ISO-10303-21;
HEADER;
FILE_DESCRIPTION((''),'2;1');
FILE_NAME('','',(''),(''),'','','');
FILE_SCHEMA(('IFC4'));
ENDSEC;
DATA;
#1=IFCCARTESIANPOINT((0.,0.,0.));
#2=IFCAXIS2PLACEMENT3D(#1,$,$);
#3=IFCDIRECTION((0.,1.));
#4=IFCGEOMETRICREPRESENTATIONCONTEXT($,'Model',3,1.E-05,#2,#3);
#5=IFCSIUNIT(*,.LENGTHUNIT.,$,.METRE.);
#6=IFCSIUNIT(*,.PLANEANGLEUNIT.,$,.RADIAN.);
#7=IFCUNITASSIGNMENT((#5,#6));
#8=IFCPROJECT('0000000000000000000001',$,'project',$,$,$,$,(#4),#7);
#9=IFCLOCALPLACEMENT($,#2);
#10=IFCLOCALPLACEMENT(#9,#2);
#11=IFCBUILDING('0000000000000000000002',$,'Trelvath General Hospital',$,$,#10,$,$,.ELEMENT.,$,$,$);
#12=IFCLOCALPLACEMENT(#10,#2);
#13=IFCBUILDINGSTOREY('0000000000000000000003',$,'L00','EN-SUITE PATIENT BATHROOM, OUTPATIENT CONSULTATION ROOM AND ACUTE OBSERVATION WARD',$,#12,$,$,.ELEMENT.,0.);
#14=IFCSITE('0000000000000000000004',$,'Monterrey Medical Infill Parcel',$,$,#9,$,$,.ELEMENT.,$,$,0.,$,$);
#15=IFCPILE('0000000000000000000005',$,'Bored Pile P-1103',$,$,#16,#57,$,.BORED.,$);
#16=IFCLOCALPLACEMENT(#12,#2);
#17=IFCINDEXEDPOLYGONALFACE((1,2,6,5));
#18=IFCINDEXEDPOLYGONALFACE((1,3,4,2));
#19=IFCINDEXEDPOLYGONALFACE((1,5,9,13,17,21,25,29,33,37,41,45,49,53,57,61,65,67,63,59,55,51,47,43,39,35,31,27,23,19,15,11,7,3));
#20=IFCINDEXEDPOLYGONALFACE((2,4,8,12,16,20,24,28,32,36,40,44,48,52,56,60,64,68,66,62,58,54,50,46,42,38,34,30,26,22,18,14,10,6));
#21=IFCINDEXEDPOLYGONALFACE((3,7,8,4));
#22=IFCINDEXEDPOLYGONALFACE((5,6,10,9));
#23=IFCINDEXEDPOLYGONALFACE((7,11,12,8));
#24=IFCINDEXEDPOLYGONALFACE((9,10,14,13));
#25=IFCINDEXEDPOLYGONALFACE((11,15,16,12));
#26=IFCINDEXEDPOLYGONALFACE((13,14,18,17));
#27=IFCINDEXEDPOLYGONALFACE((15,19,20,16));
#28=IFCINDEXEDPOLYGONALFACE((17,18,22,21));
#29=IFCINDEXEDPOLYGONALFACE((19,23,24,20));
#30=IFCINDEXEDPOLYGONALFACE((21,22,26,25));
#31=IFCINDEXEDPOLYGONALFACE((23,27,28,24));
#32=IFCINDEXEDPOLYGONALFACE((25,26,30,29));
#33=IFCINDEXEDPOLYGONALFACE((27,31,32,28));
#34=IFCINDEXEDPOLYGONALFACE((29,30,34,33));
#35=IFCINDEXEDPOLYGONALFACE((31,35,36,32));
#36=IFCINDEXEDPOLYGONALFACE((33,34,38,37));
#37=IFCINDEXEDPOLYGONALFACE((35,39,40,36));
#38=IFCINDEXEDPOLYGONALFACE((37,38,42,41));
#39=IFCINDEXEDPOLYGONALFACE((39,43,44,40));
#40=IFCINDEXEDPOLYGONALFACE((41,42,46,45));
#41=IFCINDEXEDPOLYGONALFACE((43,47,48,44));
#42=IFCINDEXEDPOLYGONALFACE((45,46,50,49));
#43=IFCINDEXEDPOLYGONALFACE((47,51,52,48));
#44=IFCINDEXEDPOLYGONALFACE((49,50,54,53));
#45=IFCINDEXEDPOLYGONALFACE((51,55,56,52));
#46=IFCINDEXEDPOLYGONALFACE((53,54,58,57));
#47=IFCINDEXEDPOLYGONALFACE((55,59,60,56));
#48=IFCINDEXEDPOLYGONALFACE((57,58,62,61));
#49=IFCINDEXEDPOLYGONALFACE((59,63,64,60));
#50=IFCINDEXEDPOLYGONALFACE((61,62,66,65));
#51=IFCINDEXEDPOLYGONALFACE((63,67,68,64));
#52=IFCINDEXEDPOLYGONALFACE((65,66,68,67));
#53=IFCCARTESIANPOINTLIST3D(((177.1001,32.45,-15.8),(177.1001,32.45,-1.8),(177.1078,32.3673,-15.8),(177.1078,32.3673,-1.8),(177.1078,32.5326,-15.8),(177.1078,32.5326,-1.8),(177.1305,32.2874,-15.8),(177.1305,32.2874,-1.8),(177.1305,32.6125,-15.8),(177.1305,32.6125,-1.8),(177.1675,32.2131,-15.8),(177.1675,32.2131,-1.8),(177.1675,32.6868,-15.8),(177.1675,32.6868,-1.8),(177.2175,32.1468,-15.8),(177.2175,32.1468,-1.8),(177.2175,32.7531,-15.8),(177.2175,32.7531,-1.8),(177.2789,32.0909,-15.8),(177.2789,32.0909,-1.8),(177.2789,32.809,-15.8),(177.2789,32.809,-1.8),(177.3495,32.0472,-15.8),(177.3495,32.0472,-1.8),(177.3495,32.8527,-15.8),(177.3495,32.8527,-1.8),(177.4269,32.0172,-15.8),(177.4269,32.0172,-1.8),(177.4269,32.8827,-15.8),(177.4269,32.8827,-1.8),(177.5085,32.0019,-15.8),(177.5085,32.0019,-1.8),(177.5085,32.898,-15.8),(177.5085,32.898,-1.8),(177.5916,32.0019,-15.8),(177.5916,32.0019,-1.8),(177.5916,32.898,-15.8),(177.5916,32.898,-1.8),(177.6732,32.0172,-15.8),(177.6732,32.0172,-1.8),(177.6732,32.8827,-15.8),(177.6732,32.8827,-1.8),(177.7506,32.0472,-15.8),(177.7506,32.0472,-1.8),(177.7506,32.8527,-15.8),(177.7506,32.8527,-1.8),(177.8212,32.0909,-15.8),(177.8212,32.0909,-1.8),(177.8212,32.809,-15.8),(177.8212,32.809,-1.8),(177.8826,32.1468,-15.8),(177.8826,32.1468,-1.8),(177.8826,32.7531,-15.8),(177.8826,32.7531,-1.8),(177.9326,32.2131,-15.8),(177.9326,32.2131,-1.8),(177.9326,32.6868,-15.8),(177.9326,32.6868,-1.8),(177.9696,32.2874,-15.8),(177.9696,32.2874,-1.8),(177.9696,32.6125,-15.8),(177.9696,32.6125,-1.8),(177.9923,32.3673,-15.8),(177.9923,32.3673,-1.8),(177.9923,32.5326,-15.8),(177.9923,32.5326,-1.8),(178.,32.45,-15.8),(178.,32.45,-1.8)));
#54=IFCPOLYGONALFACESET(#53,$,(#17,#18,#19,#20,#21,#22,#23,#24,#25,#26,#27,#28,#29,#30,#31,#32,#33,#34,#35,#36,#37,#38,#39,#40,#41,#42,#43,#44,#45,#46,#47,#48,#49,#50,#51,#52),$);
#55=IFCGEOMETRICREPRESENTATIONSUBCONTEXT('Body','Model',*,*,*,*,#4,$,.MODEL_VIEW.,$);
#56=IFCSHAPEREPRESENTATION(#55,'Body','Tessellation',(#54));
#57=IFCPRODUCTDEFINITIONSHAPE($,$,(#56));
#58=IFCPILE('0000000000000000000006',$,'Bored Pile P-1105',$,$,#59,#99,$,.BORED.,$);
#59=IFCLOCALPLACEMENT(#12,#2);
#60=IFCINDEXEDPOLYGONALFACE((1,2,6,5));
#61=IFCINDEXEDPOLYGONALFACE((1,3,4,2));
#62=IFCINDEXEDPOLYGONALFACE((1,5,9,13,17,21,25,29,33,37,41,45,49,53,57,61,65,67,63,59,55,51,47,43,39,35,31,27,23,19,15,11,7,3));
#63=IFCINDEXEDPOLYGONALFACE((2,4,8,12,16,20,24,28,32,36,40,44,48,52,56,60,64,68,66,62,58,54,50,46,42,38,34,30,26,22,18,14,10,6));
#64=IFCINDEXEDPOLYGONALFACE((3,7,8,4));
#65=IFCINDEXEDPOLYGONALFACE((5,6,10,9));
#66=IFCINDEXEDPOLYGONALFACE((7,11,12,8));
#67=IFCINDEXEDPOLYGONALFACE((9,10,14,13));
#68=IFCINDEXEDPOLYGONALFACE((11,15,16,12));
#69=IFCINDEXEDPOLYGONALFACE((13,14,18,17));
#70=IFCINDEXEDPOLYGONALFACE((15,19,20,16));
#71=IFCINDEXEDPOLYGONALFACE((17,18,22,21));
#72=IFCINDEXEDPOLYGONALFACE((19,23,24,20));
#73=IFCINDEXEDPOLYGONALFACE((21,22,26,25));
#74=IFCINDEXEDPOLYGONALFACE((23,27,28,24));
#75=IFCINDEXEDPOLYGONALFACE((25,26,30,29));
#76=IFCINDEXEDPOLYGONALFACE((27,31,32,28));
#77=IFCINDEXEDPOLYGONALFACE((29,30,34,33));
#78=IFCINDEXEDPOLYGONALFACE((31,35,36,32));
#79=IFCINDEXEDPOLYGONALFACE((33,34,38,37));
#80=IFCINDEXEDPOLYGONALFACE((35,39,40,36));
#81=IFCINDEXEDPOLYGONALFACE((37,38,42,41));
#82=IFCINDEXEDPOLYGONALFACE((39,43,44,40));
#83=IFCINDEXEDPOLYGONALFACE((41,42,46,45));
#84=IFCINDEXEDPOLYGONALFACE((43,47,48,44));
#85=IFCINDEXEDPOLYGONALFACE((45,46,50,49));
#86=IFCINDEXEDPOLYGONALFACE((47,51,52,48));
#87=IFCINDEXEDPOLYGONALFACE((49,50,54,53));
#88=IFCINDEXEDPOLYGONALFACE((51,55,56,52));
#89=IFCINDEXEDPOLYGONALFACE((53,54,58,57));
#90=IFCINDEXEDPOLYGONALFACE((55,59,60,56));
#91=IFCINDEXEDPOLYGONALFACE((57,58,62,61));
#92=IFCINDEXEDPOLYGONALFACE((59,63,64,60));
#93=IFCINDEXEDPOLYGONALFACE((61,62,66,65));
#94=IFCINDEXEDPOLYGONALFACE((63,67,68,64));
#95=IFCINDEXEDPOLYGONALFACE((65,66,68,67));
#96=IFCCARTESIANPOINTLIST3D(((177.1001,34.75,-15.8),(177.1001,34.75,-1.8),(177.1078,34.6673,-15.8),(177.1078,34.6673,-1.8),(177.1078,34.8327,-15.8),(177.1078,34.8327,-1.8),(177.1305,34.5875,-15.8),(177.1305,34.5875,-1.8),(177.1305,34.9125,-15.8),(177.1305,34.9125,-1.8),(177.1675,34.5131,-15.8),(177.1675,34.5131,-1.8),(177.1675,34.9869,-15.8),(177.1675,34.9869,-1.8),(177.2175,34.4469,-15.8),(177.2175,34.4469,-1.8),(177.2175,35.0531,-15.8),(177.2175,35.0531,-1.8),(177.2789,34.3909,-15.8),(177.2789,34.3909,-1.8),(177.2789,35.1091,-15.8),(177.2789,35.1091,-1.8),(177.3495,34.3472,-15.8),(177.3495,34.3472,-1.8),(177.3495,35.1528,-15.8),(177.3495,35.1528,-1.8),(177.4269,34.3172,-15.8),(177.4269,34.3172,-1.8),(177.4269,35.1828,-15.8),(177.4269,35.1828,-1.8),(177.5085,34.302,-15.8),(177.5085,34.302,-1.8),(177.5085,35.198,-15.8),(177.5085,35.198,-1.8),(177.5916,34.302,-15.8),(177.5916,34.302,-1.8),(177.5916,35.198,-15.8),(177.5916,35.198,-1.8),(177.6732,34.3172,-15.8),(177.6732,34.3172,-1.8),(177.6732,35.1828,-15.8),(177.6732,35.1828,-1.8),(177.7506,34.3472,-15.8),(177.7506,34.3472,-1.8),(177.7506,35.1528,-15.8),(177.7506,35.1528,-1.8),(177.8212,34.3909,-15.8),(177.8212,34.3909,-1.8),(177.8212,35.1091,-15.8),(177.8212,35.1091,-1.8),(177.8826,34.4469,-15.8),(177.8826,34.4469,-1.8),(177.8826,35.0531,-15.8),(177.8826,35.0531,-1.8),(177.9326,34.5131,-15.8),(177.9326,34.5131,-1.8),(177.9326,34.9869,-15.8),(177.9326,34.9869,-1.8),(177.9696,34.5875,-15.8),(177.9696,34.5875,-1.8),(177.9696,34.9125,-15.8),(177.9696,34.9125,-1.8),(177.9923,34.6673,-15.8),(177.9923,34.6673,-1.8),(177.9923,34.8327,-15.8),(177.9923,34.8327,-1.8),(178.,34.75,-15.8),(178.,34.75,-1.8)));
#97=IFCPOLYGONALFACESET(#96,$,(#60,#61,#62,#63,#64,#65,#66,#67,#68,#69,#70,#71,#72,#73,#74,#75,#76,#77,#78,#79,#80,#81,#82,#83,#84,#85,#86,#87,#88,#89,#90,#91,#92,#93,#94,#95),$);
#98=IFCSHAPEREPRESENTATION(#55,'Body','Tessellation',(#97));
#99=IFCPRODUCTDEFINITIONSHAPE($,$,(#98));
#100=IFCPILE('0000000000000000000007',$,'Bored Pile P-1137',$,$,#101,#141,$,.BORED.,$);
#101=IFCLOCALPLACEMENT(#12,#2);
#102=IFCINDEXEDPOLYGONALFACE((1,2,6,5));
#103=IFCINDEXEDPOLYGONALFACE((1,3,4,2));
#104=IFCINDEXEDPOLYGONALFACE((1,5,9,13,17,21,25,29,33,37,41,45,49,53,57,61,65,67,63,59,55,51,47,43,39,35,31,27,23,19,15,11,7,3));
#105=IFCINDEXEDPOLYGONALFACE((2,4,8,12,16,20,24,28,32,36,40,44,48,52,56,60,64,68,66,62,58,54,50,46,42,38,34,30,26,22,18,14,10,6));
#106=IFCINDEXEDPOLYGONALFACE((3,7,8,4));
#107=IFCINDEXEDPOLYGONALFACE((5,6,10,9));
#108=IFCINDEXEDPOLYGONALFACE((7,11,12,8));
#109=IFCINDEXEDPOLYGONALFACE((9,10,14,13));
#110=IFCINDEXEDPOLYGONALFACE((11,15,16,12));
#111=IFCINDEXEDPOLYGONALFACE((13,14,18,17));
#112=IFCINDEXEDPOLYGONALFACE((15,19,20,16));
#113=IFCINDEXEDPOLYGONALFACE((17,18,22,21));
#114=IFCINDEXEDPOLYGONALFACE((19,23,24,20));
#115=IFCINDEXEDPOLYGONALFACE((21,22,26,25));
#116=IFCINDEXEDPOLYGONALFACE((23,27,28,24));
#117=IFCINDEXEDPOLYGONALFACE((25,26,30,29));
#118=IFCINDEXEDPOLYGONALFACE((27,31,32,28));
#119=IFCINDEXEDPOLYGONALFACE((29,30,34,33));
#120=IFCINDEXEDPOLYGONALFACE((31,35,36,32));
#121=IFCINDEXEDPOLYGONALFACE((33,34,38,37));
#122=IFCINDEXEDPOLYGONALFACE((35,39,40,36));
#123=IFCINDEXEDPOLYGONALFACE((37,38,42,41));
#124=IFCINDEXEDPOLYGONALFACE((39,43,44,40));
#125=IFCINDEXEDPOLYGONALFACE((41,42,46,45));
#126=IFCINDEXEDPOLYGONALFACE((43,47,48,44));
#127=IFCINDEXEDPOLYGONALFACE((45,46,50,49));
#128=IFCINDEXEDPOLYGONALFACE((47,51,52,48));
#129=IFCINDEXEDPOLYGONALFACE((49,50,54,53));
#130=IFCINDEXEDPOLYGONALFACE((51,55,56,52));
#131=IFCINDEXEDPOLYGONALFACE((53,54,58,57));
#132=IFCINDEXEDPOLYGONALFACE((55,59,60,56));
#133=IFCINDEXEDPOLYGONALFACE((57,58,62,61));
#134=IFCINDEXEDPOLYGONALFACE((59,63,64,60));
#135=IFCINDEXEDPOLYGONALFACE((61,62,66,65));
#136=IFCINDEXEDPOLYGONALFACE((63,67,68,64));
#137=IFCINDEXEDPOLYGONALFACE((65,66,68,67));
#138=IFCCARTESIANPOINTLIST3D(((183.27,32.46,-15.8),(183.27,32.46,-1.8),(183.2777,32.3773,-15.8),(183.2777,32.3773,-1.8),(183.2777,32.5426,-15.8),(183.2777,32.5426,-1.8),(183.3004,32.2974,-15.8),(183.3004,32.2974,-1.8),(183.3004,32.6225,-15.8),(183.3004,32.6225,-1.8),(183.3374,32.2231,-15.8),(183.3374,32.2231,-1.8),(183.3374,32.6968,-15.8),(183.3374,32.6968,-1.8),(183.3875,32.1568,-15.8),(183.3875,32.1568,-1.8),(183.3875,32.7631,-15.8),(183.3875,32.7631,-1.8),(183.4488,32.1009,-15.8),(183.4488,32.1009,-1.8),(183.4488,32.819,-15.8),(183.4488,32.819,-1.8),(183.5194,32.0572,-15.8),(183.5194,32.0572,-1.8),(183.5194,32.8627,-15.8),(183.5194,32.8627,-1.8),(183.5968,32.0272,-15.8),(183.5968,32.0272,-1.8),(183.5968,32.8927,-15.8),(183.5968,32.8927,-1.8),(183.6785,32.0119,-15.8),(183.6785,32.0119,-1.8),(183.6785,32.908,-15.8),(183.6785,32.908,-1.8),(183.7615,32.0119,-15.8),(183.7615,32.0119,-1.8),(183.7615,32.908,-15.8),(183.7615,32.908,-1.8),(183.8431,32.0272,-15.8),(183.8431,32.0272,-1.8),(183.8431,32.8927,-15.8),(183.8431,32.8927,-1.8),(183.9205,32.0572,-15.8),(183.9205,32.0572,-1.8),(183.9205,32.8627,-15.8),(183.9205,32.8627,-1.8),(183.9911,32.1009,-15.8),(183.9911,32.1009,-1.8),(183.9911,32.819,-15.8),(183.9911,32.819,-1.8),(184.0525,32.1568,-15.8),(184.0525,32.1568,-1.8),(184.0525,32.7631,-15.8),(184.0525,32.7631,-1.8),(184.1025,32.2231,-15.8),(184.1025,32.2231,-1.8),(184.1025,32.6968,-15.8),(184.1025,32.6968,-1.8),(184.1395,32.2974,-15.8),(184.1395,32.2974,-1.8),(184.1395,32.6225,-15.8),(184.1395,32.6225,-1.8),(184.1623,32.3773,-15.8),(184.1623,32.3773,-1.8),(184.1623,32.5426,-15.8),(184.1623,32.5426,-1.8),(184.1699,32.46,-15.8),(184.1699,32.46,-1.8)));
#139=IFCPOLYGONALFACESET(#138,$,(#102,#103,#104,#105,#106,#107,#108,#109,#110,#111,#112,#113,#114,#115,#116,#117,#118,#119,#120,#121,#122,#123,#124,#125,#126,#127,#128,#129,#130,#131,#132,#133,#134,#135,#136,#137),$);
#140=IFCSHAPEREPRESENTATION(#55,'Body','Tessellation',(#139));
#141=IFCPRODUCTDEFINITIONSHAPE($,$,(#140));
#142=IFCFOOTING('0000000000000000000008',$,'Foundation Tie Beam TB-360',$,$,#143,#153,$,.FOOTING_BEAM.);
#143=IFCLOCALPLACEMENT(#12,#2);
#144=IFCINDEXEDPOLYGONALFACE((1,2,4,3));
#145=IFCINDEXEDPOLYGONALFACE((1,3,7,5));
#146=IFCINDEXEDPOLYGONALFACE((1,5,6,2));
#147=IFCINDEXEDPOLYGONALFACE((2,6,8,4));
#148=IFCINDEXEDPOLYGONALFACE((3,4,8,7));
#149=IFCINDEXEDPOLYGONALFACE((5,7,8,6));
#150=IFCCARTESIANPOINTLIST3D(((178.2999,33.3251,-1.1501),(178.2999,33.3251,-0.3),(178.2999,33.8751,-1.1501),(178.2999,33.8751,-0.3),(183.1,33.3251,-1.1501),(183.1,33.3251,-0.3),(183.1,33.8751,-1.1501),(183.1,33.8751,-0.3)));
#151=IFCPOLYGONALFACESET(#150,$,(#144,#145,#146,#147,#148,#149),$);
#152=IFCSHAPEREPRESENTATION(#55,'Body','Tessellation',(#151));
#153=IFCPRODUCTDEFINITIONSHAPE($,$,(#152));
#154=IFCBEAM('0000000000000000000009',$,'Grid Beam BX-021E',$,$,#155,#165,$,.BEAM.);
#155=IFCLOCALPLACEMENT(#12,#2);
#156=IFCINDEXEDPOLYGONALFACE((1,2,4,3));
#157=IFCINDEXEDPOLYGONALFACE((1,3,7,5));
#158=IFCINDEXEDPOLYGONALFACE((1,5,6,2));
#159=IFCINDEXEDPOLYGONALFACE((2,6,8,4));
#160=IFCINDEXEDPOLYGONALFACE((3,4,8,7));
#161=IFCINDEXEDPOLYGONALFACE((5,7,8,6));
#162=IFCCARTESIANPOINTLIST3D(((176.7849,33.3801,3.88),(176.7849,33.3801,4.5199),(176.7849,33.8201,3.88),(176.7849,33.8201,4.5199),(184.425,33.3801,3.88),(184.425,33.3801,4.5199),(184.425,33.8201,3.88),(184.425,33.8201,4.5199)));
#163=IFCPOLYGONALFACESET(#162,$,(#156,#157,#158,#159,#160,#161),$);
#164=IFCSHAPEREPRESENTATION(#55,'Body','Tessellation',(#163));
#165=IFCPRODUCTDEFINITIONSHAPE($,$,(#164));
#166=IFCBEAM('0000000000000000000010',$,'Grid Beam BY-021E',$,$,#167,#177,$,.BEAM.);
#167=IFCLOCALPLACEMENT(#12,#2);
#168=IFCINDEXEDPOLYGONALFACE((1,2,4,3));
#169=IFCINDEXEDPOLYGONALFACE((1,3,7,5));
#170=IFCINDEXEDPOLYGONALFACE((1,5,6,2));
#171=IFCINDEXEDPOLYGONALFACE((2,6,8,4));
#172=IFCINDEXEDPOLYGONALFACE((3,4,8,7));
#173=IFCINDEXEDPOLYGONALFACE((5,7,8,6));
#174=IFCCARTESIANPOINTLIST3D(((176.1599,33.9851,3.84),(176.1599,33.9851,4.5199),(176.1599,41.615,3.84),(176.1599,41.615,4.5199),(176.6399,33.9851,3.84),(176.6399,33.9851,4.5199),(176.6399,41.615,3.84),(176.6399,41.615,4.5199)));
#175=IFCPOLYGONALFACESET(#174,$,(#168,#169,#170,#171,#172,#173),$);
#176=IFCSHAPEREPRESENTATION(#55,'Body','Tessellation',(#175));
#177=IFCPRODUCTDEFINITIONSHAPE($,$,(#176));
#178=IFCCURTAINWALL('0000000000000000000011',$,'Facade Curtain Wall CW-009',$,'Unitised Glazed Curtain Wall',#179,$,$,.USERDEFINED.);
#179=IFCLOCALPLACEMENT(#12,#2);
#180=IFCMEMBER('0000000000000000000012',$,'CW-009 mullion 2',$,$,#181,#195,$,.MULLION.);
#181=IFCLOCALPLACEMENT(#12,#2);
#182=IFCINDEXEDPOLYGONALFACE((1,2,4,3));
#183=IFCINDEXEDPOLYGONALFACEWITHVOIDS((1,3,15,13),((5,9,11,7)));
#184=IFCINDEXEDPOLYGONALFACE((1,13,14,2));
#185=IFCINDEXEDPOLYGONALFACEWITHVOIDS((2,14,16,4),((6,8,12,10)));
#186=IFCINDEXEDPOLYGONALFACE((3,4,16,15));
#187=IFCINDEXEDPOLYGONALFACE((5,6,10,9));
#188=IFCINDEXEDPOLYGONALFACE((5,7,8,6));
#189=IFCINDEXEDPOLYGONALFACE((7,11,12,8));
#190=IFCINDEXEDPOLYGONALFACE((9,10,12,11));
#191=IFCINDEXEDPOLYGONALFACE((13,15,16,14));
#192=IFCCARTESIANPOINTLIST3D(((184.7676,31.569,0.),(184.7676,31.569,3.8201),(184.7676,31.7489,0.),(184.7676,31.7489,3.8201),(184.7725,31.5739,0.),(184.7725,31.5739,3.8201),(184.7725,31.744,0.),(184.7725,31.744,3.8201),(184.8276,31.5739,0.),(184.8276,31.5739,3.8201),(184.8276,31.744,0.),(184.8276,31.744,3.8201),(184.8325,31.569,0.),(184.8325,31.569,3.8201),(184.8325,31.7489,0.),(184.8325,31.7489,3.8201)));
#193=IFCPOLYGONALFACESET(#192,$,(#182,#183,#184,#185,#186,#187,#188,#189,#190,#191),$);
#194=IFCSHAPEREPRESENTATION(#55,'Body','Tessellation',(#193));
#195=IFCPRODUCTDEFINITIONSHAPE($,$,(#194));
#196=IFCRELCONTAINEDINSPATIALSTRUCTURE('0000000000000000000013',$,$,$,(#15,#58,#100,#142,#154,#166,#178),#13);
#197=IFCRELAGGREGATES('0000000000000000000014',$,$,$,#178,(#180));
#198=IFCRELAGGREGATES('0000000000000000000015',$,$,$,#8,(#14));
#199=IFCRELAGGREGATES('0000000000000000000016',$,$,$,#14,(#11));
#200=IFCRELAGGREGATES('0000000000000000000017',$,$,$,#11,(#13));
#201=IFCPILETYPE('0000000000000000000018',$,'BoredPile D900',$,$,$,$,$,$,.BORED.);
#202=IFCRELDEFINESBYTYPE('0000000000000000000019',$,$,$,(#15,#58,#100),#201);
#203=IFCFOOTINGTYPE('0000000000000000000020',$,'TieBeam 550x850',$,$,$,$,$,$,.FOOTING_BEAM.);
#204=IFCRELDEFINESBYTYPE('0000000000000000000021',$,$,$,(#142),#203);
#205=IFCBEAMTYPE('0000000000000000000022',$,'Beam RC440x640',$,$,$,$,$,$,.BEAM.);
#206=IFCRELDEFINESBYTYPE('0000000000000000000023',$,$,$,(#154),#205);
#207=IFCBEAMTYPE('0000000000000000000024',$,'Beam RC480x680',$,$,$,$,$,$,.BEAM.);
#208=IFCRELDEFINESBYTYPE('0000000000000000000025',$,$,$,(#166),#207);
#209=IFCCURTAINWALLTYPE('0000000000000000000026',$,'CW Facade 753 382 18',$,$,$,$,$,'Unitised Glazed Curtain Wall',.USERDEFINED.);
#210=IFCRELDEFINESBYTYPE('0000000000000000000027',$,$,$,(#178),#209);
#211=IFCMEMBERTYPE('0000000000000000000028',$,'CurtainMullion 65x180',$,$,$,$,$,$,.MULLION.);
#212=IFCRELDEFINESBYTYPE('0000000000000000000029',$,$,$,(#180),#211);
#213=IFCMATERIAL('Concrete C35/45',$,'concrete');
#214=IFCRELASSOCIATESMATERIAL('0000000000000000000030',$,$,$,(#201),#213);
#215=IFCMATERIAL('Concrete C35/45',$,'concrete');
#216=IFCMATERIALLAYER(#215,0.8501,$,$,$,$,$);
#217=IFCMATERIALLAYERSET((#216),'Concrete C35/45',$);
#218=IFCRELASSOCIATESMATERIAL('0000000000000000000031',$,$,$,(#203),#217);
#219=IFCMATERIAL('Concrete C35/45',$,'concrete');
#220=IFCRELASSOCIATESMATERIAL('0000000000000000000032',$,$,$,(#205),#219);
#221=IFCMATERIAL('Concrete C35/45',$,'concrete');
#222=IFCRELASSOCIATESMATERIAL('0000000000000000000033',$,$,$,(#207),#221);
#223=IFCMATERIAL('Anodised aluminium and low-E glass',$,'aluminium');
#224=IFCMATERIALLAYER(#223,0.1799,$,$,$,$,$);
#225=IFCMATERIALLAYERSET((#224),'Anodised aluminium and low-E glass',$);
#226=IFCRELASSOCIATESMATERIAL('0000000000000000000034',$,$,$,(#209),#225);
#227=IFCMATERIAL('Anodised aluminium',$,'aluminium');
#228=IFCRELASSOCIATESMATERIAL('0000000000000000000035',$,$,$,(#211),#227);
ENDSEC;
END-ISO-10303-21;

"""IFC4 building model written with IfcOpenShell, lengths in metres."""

from ifc_helpers import new_model, si_unit, direction, frame, origin, origin_2d, place, context, subcontext, project, spatial, rectangle, hollow_rectangle, circle, extrude, material, layer, layer_set, material_profile, profile_set, type_object, element, aggregate, save


model = new_model("IFC4")

# Units and contexts
model_context = context("Model", 3, precision=1e-05, world=origin(), true_north=direction((0.0, 1.0)))
body_context = subcontext(model_context, "Body", "Model", "MODEL_VIEW")
ifc_project = project(units=[si_unit("LENGTHUNIT", "METRE"), si_unit("PLANEANGLEUNIT", "RADIAN")], contexts=[model_context])

# Site, building, storey
site_placement = place(None, origin())
site = spatial("IfcSite", under=ifc_project, at=site_placement, Name="Monterrey Medical Infill Parcel", CompositionType="ELEMENT", RefElevation=0.0)
building_placement = place(site_placement, origin())
building = spatial("IfcBuilding", under=site, at=building_placement, Name="Trelvath General Hospital", CompositionType="ELEMENT")
storey_placement = place(building_placement, origin())
storey = spatial("IfcBuildingStorey", under=building, at=storey_placement, Name="L00", Description="EN-SUITE PATIENT BATHROOM, OUTPATIENT CONSULTATION ROOM AND ACUTE OBSERVATION WARD", CompositionType="ELEMENT", Elevation=0.0)

# Piles
ifc_material_1 = material(Name="Concrete C35/45", Category="concrete")
ifc_material_profile_1 = material_profile(ifc_material_1, circle(Radius=0.45, at=origin_2d()), Name="PILE900")
ifc_profile_set_1 = profile_set([ifc_material_profile_1], Name="Concrete C35/45")
pile_type = type_object("IfcPileType", Name="BoredPile D900", PredefinedType="BORED", material=ifc_profile_set_1)
for number, where, z_axis, x_axis, name in (
    (1, (177.55, 32.45, -1.8), (0.0, 0.0, -1.0), (1.0, 0.0, 0.0), "Bored Pile P-1103"),
    (2, (177.55, 34.75, -1.8), (0.0, 0.0, -1.0), (1.0, 0.0, 0.0), "Bored Pile P-1105"),
    (3, (183.72, 32.46, -1.8), (0.0, 0.0, -1.0), (1.0, 0.0, 0.0), "Bored Pile P-1137"),
):
    element("IfcPile", number, at=place(storey_placement, frame(where, z_axis=z_axis, x_axis=x_axis)), inside=storey, type_object=pile_type, Name=name, PredefinedType="BORED", context=body_context, shape_type="SweptSolid", body=[
        extrude(circle(Radius=0.45, at=origin_2d()), origin(), (0.0, 0.0, 1.0), 14.0),
    ])

# Footing
ifc_material_2 = material(Name="Concrete C35/45", Category="concrete")
ifc_layer_1 = layer(ifc_material_2, 0.8501)
ifc_layer_set_1 = layer_set([ifc_layer_1], Name="Concrete C35/45")
footing_type = type_object("IfcFootingType", Name="TieBeam 550x850", PredefinedType="FOOTING_BEAM", material=ifc_layer_set_1)
footing_placement = place(storey_placement, frame((180.7, 33.6001, -1.1501), z_axis=(0.0, 0.0, 1.0), x_axis=(1.0, 0.0, 0.0)))
element("IfcFooting", 4, at=footing_placement, inside=storey, type_object=footing_type, Name="Foundation Tie Beam TB-360", PredefinedType="FOOTING_BEAM", context=body_context, shape_type="SweptSolid", body=[
    extrude(rectangle(XDim=4.8, YDim=0.55, at=origin_2d()), origin(), (0.0, 0.0, 1.0), 0.8501),
])

# Beams
ifc_material_3 = material(Name="Concrete C35/45", Category="concrete")
ifc_material_profile_2 = material_profile(ifc_material_3, rectangle(XDim=0.4399, YDim=0.6399, at=origin_2d()), Name="RCB440x640")
ifc_profile_set_2 = profile_set([ifc_material_profile_2], Name="Concrete C35/45")
beam_type_1 = type_object("IfcBeamType", Name="Beam RC440x640", PredefinedType="BEAM", material=ifc_profile_set_2)
beam_1_placement = place(storey_placement, frame((176.7849, 33.6001, 4.2), z_axis=(1.0, 0.0, 0.0), x_axis=(0.0, 1.0, 0.0)))
element("IfcBeam", 5, at=beam_1_placement, inside=storey, type_object=beam_type_1, Name="Grid Beam BX-021E", PredefinedType="BEAM", context=body_context, shape_type="SweptSolid", body=[
    extrude(rectangle(XDim=0.4399, YDim=0.6399, at=origin_2d()), origin(), (0.0, 0.0, 1.0), 7.6401),
])
ifc_material_4 = material(Name="Concrete C35/45", Category="concrete")
ifc_material_profile_3 = material_profile(ifc_material_4, rectangle(XDim=0.48, YDim=0.6799, at=origin_2d()), Name="RCB480x680")
ifc_profile_set_3 = profile_set([ifc_material_profile_3], Name="Concrete C35/45")
beam_type_2 = type_object("IfcBeamType", Name="Beam RC480x680", PredefinedType="BEAM", material=ifc_profile_set_3)
beam_2_placement = place(storey_placement, frame((176.3999, 33.9851, 4.1799), z_axis=(0.0, 1.0, 0.0), x_axis=(-1.0, 0.0, 0.0)))
element("IfcBeam", 6, at=beam_2_placement, inside=storey, type_object=beam_type_2, Name="Grid Beam BY-021E", PredefinedType="BEAM", context=body_context, shape_type="SweptSolid", body=[
    extrude(rectangle(XDim=0.48, YDim=0.6799, at=origin_2d()), origin(), (0.0, 0.0, 1.0), 7.6299),
])

# Curtain wall, member
ifc_material_5 = material(Name="Anodised aluminium and low-E glass", Category="aluminium")
ifc_layer_2 = layer(ifc_material_5, 0.1799)
ifc_layer_set_2 = layer_set([ifc_layer_2], Name="Anodised aluminium and low-E glass")
curtain_wall_type = type_object("IfcCurtainWallType", Name="CW Facade 753 382 18", ElementType="Unitised Glazed Curtain Wall", PredefinedType="USERDEFINED", material=ifc_layer_set_2)
curtain_wall_placement = place(storey_placement, origin())
curtain_wall = element("IfcCurtainWall", 7, at=curtain_wall_placement, inside=storey, type_object=curtain_wall_type, Name="Facade Curtain Wall CW-009", ObjectType="Unitised Glazed Curtain Wall", PredefinedType="USERDEFINED")
ifc_material_6 = material(Name="Anodised aluminium", Category="aluminium")
ifc_material_profile_4 = material_profile(ifc_material_6, hollow_rectangle(XDim=0.0649, YDim=0.1799, WallThickness=0.0049, at=origin_2d()), Name="RHS65x180x5")
ifc_profile_set_4 = profile_set([ifc_material_profile_4], Name="Anodised aluminium")
member_type_1 = type_object("IfcMemberType", Name="CurtainMullion 65x180", PredefinedType="MULLION", material=ifc_profile_set_4)
member_1_placement = place(storey_placement, frame((184.8, 31.6589, 0.0), z_axis=(0.0, 0.0, 1.0), x_axis=(1.0, 0.0, 0.0)))
member_1 = element("IfcMember", 8, at=member_1_placement, type_object=member_type_1, Name="CW-009 mullion 2", PredefinedType="MULLION", context=body_context, shape_type="SweptSolid", body=[
    extrude(hollow_rectangle(XDim=0.0649, YDim=0.1799, WallThickness=0.0049, at=origin_2d()), origin(), (0.0, 0.0, 1.0), 3.8201),
])
aggregate(curtain_wall, [member_1])

save(model, "model.ifc")
